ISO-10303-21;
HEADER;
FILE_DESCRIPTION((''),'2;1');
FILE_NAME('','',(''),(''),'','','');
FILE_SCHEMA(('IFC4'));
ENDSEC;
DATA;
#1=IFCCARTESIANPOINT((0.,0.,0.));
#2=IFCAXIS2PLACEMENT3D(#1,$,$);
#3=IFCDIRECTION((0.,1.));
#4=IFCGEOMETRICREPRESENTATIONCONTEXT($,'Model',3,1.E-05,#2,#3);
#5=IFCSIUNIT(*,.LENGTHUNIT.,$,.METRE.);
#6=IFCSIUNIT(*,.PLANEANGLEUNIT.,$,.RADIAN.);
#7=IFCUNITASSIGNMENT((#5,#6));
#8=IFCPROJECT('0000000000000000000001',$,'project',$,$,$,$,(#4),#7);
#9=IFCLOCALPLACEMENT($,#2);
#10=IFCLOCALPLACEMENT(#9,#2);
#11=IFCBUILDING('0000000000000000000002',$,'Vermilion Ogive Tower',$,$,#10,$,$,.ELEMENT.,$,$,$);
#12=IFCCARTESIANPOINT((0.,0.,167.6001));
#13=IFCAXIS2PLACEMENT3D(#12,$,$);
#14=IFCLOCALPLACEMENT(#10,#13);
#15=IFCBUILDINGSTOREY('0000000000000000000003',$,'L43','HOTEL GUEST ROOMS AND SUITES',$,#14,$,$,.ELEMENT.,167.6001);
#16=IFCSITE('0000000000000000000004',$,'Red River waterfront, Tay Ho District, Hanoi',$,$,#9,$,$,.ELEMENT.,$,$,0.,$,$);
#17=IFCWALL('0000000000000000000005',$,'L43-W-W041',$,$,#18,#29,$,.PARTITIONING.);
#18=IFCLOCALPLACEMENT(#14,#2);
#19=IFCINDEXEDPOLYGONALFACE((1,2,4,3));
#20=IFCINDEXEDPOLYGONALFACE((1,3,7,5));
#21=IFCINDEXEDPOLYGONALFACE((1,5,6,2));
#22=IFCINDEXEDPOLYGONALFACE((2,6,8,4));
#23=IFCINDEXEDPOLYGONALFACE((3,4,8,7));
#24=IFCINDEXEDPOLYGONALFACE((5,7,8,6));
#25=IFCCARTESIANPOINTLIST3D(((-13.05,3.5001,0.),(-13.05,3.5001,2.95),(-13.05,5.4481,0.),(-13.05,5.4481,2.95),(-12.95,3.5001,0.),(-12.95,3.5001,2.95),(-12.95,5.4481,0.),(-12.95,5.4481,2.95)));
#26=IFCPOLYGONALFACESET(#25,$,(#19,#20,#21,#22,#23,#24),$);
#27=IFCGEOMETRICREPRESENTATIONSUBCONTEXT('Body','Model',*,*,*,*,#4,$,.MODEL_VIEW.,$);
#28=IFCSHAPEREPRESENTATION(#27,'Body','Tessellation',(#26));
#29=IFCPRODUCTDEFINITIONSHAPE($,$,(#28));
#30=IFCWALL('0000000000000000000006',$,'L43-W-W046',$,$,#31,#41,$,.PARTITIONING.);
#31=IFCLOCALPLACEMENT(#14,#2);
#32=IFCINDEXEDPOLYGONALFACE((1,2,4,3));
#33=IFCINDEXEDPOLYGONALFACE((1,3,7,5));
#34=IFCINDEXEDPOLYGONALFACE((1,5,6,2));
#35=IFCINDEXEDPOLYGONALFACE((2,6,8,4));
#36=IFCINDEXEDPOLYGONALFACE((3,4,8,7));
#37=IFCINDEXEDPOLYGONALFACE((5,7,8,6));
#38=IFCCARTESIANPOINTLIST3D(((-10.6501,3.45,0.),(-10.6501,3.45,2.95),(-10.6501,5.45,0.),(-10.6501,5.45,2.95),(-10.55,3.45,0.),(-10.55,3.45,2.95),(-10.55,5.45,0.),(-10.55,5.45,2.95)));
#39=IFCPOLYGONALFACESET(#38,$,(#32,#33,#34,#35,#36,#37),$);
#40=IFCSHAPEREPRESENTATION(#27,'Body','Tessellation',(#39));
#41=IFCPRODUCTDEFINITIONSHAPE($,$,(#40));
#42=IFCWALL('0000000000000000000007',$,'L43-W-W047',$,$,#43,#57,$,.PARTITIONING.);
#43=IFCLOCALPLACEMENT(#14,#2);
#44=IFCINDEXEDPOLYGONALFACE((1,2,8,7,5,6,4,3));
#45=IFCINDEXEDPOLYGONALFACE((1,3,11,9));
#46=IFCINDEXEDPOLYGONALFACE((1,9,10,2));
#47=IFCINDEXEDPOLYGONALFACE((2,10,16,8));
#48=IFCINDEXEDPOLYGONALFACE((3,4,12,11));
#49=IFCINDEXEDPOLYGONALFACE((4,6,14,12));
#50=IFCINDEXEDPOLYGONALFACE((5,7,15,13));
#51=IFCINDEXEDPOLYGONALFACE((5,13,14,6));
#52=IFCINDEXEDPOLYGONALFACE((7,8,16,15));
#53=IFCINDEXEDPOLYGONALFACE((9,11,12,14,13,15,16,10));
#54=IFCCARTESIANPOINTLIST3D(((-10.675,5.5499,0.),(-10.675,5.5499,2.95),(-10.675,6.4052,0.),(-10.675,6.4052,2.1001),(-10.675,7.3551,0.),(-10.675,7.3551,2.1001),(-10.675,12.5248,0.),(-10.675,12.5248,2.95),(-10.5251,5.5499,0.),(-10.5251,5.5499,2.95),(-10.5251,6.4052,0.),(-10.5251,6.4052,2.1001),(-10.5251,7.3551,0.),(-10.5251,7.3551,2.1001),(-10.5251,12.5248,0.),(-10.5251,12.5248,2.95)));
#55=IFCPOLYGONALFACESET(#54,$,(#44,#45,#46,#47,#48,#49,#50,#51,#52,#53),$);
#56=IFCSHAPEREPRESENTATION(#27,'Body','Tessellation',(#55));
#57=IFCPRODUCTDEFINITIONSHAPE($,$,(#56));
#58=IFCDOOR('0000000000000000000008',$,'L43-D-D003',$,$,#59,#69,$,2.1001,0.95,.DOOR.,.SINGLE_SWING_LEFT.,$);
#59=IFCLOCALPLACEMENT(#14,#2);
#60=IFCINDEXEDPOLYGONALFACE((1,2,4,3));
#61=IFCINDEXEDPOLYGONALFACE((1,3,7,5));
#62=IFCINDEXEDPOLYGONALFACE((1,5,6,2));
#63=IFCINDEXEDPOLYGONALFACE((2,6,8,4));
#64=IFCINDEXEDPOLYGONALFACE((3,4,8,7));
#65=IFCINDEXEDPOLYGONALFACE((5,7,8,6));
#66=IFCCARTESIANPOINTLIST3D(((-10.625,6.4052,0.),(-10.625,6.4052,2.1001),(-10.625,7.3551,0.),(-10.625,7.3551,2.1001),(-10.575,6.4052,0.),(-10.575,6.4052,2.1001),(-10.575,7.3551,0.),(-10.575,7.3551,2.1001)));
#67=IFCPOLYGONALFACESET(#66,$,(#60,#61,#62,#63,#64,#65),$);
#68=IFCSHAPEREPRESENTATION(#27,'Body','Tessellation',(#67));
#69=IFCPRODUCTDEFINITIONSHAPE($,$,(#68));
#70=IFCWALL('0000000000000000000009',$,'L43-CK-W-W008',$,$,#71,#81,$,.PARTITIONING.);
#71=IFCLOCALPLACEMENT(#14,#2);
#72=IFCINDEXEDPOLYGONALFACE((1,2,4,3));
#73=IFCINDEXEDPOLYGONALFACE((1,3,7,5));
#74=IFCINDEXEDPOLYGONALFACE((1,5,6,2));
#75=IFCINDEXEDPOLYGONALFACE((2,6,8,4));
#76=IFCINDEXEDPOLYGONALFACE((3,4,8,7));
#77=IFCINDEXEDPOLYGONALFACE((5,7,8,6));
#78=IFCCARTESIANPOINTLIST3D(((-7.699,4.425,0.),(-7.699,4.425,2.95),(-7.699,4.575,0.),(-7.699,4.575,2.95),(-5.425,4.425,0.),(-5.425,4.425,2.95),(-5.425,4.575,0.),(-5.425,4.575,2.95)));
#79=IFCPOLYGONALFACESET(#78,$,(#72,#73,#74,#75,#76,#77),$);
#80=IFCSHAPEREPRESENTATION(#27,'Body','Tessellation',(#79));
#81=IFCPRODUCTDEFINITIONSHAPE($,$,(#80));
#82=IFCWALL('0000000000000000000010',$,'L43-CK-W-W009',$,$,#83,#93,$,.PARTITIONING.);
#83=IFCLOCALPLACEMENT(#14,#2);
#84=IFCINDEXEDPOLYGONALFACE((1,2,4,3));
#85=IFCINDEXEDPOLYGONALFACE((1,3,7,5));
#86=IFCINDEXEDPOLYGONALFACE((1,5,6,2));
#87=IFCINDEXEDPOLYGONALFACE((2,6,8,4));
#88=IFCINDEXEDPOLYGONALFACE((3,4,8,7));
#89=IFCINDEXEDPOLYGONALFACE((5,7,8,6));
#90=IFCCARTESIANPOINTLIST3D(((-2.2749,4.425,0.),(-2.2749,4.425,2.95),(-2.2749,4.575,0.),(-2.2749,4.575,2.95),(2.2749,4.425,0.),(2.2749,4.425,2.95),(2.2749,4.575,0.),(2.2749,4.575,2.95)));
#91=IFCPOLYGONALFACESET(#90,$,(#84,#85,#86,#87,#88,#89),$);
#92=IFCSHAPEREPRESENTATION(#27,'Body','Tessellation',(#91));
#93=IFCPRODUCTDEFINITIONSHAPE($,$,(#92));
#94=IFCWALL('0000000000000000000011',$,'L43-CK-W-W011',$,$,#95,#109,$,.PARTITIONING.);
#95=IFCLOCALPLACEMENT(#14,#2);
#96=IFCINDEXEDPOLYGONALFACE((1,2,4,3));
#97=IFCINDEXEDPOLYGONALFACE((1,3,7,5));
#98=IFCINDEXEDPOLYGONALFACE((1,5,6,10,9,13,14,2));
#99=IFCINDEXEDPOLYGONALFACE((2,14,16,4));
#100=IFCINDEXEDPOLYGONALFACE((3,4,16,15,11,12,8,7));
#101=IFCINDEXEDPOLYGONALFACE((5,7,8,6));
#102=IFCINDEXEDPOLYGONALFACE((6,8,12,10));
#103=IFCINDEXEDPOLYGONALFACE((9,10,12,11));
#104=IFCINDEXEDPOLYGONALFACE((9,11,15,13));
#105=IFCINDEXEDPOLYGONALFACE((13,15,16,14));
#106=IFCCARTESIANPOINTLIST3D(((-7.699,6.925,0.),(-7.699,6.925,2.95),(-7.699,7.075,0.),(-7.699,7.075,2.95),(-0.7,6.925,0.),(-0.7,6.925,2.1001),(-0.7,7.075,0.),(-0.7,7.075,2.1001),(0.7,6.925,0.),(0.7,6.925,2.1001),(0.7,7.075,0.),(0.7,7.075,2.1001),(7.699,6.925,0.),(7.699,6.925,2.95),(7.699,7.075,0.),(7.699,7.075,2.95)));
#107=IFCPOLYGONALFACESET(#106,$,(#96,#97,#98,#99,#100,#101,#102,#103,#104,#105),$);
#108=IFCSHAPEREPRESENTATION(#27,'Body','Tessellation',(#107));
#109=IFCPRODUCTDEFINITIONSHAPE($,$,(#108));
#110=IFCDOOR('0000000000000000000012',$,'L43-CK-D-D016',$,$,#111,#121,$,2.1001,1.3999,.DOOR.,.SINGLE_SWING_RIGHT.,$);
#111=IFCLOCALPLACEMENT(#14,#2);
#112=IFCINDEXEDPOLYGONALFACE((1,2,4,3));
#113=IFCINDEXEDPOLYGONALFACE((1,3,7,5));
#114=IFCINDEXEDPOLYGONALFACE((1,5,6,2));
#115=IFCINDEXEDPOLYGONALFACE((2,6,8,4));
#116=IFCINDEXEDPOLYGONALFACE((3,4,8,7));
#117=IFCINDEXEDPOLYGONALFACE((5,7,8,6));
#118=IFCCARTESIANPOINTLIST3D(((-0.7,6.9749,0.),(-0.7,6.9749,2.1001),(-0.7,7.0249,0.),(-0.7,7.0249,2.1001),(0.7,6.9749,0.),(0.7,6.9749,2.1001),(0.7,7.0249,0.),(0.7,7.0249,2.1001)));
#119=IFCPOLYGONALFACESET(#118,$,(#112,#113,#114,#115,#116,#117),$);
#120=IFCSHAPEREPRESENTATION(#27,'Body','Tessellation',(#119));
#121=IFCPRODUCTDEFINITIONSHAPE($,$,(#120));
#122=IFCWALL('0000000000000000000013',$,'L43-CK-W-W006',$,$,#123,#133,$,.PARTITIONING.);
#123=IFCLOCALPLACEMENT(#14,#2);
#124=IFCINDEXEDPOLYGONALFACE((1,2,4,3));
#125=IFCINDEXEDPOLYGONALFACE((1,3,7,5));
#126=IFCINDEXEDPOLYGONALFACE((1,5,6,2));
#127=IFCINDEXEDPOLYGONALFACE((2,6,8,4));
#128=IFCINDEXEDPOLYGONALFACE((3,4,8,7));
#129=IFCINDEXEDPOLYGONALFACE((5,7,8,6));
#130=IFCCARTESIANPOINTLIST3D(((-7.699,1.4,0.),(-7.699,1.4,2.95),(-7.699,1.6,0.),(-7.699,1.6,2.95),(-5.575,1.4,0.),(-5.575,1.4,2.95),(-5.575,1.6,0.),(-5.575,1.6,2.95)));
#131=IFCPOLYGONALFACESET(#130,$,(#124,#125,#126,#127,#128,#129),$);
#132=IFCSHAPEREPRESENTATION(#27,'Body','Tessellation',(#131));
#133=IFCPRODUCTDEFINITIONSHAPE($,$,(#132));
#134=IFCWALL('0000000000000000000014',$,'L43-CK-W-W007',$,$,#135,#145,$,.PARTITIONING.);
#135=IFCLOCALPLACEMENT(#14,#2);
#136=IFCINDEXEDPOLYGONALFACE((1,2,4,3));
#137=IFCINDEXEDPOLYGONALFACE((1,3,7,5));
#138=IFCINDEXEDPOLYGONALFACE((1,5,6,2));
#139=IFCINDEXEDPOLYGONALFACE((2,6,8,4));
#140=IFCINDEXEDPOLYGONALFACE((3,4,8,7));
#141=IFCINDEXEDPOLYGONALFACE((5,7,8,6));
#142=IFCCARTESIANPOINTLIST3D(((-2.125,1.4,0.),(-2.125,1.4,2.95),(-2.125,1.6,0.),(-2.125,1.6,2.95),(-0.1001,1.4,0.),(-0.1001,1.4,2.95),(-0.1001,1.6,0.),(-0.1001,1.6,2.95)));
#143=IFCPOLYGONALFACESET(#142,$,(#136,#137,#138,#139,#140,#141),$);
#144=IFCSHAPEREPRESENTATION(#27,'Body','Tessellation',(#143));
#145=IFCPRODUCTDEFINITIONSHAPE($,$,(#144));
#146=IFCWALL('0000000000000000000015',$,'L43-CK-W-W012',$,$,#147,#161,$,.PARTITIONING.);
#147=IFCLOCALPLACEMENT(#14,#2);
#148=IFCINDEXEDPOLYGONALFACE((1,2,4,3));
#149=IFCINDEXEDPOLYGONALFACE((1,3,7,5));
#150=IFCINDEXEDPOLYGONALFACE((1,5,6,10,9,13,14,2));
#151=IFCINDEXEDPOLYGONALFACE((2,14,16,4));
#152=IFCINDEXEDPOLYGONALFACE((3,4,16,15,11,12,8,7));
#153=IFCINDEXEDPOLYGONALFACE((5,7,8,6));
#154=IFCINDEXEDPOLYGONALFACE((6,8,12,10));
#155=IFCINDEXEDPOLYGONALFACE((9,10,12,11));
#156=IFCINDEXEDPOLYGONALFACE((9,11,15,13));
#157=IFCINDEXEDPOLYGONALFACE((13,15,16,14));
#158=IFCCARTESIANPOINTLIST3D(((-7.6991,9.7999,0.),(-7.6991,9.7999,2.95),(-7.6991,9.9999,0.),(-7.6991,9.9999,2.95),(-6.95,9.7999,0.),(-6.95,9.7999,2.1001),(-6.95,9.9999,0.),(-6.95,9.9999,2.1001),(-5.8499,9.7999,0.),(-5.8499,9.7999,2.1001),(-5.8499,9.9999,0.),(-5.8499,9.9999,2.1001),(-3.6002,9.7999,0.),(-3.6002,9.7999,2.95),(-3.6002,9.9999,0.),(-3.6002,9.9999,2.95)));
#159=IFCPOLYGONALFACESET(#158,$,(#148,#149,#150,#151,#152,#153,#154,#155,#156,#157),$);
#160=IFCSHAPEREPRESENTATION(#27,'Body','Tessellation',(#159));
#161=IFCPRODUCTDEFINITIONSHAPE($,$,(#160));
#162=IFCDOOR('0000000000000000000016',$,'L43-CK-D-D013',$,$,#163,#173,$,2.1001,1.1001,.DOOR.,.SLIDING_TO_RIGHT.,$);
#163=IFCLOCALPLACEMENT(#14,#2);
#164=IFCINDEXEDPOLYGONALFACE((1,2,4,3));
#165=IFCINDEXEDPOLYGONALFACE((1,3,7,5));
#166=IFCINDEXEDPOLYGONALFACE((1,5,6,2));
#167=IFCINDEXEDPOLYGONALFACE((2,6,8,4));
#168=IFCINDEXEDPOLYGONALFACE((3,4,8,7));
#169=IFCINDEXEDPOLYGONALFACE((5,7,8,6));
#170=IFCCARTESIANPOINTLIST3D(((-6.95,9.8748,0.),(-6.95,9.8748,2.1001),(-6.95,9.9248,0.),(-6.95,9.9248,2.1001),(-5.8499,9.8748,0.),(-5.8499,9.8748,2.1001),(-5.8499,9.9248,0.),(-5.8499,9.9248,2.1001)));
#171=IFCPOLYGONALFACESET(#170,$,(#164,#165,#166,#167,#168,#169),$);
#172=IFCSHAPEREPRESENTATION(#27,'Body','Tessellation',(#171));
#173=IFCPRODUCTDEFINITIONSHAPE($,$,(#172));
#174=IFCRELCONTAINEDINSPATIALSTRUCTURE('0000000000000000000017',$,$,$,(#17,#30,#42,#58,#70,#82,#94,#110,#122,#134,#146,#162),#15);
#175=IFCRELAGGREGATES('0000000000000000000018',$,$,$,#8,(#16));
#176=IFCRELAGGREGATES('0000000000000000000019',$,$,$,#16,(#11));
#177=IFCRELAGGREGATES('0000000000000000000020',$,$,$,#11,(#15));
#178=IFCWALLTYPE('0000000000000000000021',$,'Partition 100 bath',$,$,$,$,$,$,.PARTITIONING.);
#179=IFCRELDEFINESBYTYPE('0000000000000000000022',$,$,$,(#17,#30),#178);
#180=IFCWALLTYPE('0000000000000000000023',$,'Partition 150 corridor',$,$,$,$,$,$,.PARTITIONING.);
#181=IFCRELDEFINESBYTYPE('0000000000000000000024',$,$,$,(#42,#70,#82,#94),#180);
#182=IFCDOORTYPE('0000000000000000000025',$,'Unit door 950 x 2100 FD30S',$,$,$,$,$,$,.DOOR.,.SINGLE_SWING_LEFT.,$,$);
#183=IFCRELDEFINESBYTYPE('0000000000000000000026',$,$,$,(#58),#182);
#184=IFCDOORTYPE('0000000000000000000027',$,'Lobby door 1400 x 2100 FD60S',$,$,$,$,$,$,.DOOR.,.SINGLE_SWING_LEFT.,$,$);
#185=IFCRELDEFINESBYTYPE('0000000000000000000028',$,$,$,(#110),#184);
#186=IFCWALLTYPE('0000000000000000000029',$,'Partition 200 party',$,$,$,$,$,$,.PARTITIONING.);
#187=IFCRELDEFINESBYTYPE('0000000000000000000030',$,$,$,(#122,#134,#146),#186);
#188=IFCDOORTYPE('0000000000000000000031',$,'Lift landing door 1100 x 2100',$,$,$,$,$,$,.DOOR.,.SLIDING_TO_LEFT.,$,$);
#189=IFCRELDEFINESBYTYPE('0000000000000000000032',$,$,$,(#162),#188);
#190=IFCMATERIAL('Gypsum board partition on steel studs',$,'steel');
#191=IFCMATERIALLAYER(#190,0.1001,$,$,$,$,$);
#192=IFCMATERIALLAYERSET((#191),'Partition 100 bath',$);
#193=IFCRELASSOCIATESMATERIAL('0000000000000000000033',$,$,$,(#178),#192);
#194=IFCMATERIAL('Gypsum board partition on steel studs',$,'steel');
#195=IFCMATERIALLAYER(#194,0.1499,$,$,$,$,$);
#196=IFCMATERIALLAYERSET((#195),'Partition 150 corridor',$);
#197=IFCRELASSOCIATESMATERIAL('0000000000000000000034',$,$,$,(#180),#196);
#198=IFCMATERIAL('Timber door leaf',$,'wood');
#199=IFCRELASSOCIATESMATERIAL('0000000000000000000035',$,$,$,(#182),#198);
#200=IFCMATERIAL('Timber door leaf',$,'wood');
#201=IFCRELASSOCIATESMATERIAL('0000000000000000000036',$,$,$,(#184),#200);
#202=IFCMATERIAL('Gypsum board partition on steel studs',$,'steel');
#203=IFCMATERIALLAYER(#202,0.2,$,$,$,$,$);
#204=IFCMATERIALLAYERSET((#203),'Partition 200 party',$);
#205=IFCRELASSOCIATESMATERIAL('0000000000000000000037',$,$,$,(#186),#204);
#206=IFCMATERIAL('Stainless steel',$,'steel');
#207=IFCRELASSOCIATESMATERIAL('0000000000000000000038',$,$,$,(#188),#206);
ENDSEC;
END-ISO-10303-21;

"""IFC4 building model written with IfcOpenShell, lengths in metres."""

from ifc_helpers import new_model, si_unit, direction, frame, frame_2d, origin, place, context, subcontext, project, spatial, rectangle, extrude, material, layer, layer_set, type_object, element, fill, save


model = new_model("IFC4")

# Units and contexts
model_context = context("Model", 3, precision=1e-05, world=origin(), true_north=direction((0.0, 1.0)))
body_context = subcontext(model_context, "Body", "Model", "MODEL_VIEW")
ifc_project = project(units=[si_unit("LENGTHUNIT", "METRE"), si_unit("PLANEANGLEUNIT", "RADIAN")], contexts=[model_context])

# Site, building, storey
site_placement = place(None, origin())
site = spatial("IfcSite", under=ifc_project, at=site_placement, Name="Red River waterfront, Tay Ho District, Hanoi", CompositionType="ELEMENT", RefElevation=0.0)
building_placement = place(site_placement, origin())
building = spatial("IfcBuilding", under=site, at=building_placement, Name="Vermilion Ogive Tower", CompositionType="ELEMENT")
storey_placement = place(building_placement, frame((0.0, 0.0, 167.6001)))
storey = spatial("IfcBuildingStorey", under=building, at=storey_placement, Name="L43", Description="HOTEL GUEST ROOMS AND SUITES", CompositionType="ELEMENT", Elevation=167.6001)

# Walls
ifc_material_1 = material(Name="Gypsum board partition on steel studs", Category="steel")
ifc_layer_1 = layer(ifc_material_1, 0.1001)
ifc_layer_set_1 = layer_set([ifc_layer_1], Name="Partition 100 bath")
wall_type_1 = type_object("IfcWallType", Name="Partition 100 bath", PredefinedType="PARTITIONING", material=ifc_layer_set_1)
wall_1_placement = place(storey_placement, frame((-13.0, 3.5, 0.0), z_axis=(0.0, 0.0, 1.0), x_axis=(0.0, 1.0, 0.0)))
element("IfcWall", 1, at=wall_1_placement, inside=storey, type_object=wall_type_1, Name="L43-W-W041", PredefinedType="PARTITIONING", context=body_context, shape_type="SweptSolid", body=[
    extrude(rectangle(XDim=1.948, YDim=0.1001, at=frame_2d((0.9741, 0.0))), origin(), (0.0, 0.0, 1.0), 2.95),
])
wall_2_placement = place(storey_placement, frame((-10.6001, 3.45, 0.0), z_axis=(0.0, 0.0, 1.0), x_axis=(0.0, 1.0, 0.0)))
element("IfcWall", 2, at=wall_2_placement, inside=storey, type_object=wall_type_1, Name="L43-W-W046", PredefinedType="PARTITIONING", context=body_context, shape_type="SweptSolid", body=[
    extrude(rectangle(XDim=2.0, YDim=0.1001, at=frame_2d((1.0, 0.0))), origin(), (0.0, 0.0, 1.0), 2.95),
])

# Wall, opening, door
ifc_material_2 = material(Name="Gypsum board partition on steel studs", Category="steel")
ifc_layer_2 = layer(ifc_material_2, 0.1499)
ifc_layer_set_2 = layer_set([ifc_layer_2], Name="Partition 150 corridor")
wall_type_2 = type_object("IfcWallType", Name="Partition 150 corridor", PredefinedType="PARTITIONING", material=ifc_layer_set_2)
wall_3_placement = place(storey_placement, frame((-10.6001, 5.55, 0.0), z_axis=(0.0, 0.0, 1.0), x_axis=(0.0, 1.0, 0.0)))
wall_3 = element("IfcWall", 3, at=wall_3_placement, inside=storey, type_object=wall_type_2, Name="L43-W-W047", PredefinedType="PARTITIONING", context=body_context, shape_type="SweptSolid", body=[
    extrude(rectangle(XDim=6.9749, YDim=0.1499, at=frame_2d((3.4873, 0.0))), origin(), (0.0, 0.0, 1.0), 2.95),
])
opening_1_placement = place(wall_3_placement, frame((0.855, 0.0, 0.0)))
opening_1 = element("IfcOpeningElement", 4, at=opening_1_placement, cuts=wall_3, PredefinedType="OPENING", context=body_context, shape_type="SweptSolid", body=[
    extrude(rectangle(XDim=0.95, YDim=2.1001, at=frame_2d((0.4751, 1.05))), frame((0.0, 0.085, 0.0), z_axis=(0.0, -1.0, 0.0), x_axis=(1.0, 0.0, 0.0)), (0.0, 0.0, 1.0), 0.1699),
])
ifc_material_3 = material(Name="Timber door leaf", Category="wood")
door_type_1 = type_object("IfcDoorType", Name="Unit door 950 x 2100 FD30S", OperationType="SINGLE_SWING_LEFT", PredefinedType="DOOR", material=ifc_material_3)
door_1_placement = place(opening_1_placement, origin())
door_1 = element("IfcDoor", 5, at=door_1_placement, inside=storey, type_object=door_type_1, Name="L43-D-D003", OperationType="SINGLE_SWING_LEFT", OverallHeight=2.1001, OverallWidth=0.95, PredefinedType="DOOR", context=body_context, shape_type="SweptSolid", body=[
    extrude(rectangle(XDim=0.95, YDim=2.1001, at=frame_2d((0.4751, 1.05))), frame((0.0, 0.0249, 0.0), z_axis=(0.0, -1.0, 0.0), x_axis=(1.0, 0.0, 0.0)), (0.0, 0.0, 1.0), 0.05),
])
fill(opening_1, door_1)

# Walls
wall_4_placement = place(storey_placement, frame((-7.699, 4.5, 0.0), z_axis=(0.0, 0.0, 1.0), x_axis=(1.0, 0.0, 0.0)))
element("IfcWall", 6, at=wall_4_placement, inside=storey, type_object=wall_type_2, Name="L43-CK-W-W008", PredefinedType="PARTITIONING", context=body_context, shape_type="SweptSolid", body=[
    extrude(rectangle(XDim=2.2739, YDim=0.1499, at=frame_2d((1.137, 0.0))), origin(), (0.0, 0.0, 1.0), 2.95),
])
wall_5_placement = place(storey_placement, frame((-2.2749, 4.5, 0.0), z_axis=(0.0, 0.0, 1.0), x_axis=(1.0, 0.0, 0.0)))
element("IfcWall", 7, at=wall_5_placement, inside=storey, type_object=wall_type_2, Name="L43-CK-W-W009", PredefinedType="PARTITIONING", context=body_context, shape_type="SweptSolid", body=[
    extrude(rectangle(XDim=4.5498, YDim=0.1499, at=frame_2d((2.2749, 0.0))), origin(), (0.0, 0.0, 1.0), 2.95),
])

# Wall, opening, door
wall_6_placement = place(storey_placement, frame((-7.699, 7.0, 0.0), z_axis=(0.0, 0.0, 1.0), x_axis=(1.0, 0.0, 0.0)))
wall_6 = element("IfcWall", 8, at=wall_6_placement, inside=storey, type_object=wall_type_2, Name="L43-CK-W-W011", PredefinedType="PARTITIONING", context=body_context, shape_type="SweptSolid", body=[
    extrude(rectangle(XDim=15.3979, YDim=0.1499, at=frame_2d((7.699, 0.0))), origin(), (0.0, 0.0, 1.0), 2.95),
])
opening_2_placement = place(wall_6_placement, frame((6.999, 0.0, 0.0)))
opening_2 = element("IfcOpeningElement", 9, at=opening_2_placement, cuts=wall_6, PredefinedType="OPENING", context=body_context, shape_type="SweptSolid", body=[
    extrude(rectangle(XDim=1.3999, YDim=2.1001, at=frame_2d((0.7, 1.05))), frame((0.0, 0.085, 0.0), z_axis=(0.0, -1.0, 0.0), x_axis=(1.0, 0.0, 0.0)), (0.0, 0.0, 1.0), 0.1699),
])
ifc_material_4 = material(Name="Timber door leaf", Category="wood")
door_type_2 = type_object("IfcDoorType", Name="Lobby door 1400 x 2100 FD60S", OperationType="SINGLE_SWING_LEFT", PredefinedType="DOOR", material=ifc_material_4)
door_2_placement = place(opening_2_placement, origin())
door_2 = element("IfcDoor", 10, at=door_2_placement, inside=storey, type_object=door_type_2, Name="L43-CK-D-D016", OperationType="SINGLE_SWING_RIGHT", OverallHeight=2.1001, OverallWidth=1.3999, PredefinedType="DOOR", context=body_context, shape_type="SweptSolid", body=[
    extrude(rectangle(XDim=1.3999, YDim=2.1001, at=frame_2d((0.7, 1.05))), frame((0.0, 0.0249, 0.0), z_axis=(0.0, -1.0, 0.0), x_axis=(1.0, 0.0, 0.0)), (0.0, 0.0, 1.0), 0.05),
])
fill(opening_2, door_2)

# Walls
ifc_material_5 = material(Name="Gypsum board partition on steel studs", Category="steel")
ifc_layer_3 = layer(ifc_material_5, 0.2)
ifc_layer_set_3 = layer_set([ifc_layer_3], Name="Partition 200 party")
wall_type_3 = type_object("IfcWallType", Name="Partition 200 party", PredefinedType="PARTITIONING", material=ifc_layer_set_3)
wall_7_placement = place(storey_placement, frame((-7.699, 1.5, 0.0), z_axis=(0.0, 0.0, 1.0), x_axis=(1.0, 0.0, 0.0)))
element("IfcWall", 11, at=wall_7_placement, inside=storey, type_object=wall_type_3, Name="L43-CK-W-W006", PredefinedType="PARTITIONING", context=body_context, shape_type="SweptSolid", body=[
    extrude(rectangle(XDim=2.124, YDim=0.2, at=frame_2d((1.062, 0.0))), origin(), (0.0, 0.0, 1.0), 2.95),
])
wall_8_placement = place(storey_placement, frame((-2.125, 1.5, 0.0), z_axis=(0.0, 0.0, 1.0), x_axis=(1.0, 0.0, 0.0)))
element("IfcWall", 12, at=wall_8_placement, inside=storey, type_object=wall_type_3, Name="L43-CK-W-W007", PredefinedType="PARTITIONING", context=body_context, shape_type="SweptSolid", body=[
    extrude(rectangle(XDim=2.0249, YDim=0.2, at=frame_2d((1.0125, 0.0))), origin(), (0.0, 0.0, 1.0), 2.95),
])

# Wall, opening, door
wall_9_placement = place(storey_placement, frame((-7.699, 9.8999, 0.0), z_axis=(0.0, 0.0, 1.0), x_axis=(1.0, 0.0, 0.0)))
wall_9 = element("IfcWall", 13, at=wall_9_placement, inside=storey, type_object=wall_type_3, Name="L43-CK-W-W012", PredefinedType="PARTITIONING", context=body_context, shape_type="SweptSolid", body=[
    extrude(rectangle(XDim=4.0989, YDim=0.2, at=frame_2d((2.0493, 0.0))), origin(), (0.0, 0.0, 1.0), 2.95),
])
opening_3_placement = place(wall_9_placement, frame((0.749, 0.0, 0.0)))
opening_3 = element("IfcOpeningElement", 14, at=opening_3_placement, cuts=wall_9, PredefinedType="OPENING", context=body_context, shape_type="SweptSolid", body=[
    extrude(rectangle(XDim=1.1001, YDim=2.1001, at=frame_2d((0.55, 1.05))), frame((0.0, 0.1099, 0.0), z_axis=(0.0, -1.0, 0.0), x_axis=(1.0, 0.0, 0.0)), (0.0, 0.0, 1.0), 0.22),
])
ifc_material_6 = material(Name="Stainless steel", Category="steel")
door_type_3 = type_object("IfcDoorType", Name="Lift landing door 1100 x 2100", OperationType="SLIDING_TO_LEFT", PredefinedType="DOOR", material=ifc_material_6)
door_3_placement = place(opening_3_placement, origin())
door_3 = element("IfcDoor", 15, at=door_3_placement, inside=storey, type_object=door_type_3, Name="L43-CK-D-D013", OperationType="SLIDING_TO_RIGHT", OverallHeight=2.1001, OverallWidth=1.1001, PredefinedType="DOOR", context=body_context, shape_type="SweptSolid", body=[
    extrude(rectangle(XDim=1.1001, YDim=2.1001, at=frame_2d((0.55, 1.05))), frame((0.0, 0.0249, 0.0), z_axis=(0.0, -1.0, 0.0), x_axis=(1.0, 0.0, 0.0)), (0.0, 0.0, 1.0), 0.05),
])
fill(opening_3, door_3)

save(model, "model.ifc")
